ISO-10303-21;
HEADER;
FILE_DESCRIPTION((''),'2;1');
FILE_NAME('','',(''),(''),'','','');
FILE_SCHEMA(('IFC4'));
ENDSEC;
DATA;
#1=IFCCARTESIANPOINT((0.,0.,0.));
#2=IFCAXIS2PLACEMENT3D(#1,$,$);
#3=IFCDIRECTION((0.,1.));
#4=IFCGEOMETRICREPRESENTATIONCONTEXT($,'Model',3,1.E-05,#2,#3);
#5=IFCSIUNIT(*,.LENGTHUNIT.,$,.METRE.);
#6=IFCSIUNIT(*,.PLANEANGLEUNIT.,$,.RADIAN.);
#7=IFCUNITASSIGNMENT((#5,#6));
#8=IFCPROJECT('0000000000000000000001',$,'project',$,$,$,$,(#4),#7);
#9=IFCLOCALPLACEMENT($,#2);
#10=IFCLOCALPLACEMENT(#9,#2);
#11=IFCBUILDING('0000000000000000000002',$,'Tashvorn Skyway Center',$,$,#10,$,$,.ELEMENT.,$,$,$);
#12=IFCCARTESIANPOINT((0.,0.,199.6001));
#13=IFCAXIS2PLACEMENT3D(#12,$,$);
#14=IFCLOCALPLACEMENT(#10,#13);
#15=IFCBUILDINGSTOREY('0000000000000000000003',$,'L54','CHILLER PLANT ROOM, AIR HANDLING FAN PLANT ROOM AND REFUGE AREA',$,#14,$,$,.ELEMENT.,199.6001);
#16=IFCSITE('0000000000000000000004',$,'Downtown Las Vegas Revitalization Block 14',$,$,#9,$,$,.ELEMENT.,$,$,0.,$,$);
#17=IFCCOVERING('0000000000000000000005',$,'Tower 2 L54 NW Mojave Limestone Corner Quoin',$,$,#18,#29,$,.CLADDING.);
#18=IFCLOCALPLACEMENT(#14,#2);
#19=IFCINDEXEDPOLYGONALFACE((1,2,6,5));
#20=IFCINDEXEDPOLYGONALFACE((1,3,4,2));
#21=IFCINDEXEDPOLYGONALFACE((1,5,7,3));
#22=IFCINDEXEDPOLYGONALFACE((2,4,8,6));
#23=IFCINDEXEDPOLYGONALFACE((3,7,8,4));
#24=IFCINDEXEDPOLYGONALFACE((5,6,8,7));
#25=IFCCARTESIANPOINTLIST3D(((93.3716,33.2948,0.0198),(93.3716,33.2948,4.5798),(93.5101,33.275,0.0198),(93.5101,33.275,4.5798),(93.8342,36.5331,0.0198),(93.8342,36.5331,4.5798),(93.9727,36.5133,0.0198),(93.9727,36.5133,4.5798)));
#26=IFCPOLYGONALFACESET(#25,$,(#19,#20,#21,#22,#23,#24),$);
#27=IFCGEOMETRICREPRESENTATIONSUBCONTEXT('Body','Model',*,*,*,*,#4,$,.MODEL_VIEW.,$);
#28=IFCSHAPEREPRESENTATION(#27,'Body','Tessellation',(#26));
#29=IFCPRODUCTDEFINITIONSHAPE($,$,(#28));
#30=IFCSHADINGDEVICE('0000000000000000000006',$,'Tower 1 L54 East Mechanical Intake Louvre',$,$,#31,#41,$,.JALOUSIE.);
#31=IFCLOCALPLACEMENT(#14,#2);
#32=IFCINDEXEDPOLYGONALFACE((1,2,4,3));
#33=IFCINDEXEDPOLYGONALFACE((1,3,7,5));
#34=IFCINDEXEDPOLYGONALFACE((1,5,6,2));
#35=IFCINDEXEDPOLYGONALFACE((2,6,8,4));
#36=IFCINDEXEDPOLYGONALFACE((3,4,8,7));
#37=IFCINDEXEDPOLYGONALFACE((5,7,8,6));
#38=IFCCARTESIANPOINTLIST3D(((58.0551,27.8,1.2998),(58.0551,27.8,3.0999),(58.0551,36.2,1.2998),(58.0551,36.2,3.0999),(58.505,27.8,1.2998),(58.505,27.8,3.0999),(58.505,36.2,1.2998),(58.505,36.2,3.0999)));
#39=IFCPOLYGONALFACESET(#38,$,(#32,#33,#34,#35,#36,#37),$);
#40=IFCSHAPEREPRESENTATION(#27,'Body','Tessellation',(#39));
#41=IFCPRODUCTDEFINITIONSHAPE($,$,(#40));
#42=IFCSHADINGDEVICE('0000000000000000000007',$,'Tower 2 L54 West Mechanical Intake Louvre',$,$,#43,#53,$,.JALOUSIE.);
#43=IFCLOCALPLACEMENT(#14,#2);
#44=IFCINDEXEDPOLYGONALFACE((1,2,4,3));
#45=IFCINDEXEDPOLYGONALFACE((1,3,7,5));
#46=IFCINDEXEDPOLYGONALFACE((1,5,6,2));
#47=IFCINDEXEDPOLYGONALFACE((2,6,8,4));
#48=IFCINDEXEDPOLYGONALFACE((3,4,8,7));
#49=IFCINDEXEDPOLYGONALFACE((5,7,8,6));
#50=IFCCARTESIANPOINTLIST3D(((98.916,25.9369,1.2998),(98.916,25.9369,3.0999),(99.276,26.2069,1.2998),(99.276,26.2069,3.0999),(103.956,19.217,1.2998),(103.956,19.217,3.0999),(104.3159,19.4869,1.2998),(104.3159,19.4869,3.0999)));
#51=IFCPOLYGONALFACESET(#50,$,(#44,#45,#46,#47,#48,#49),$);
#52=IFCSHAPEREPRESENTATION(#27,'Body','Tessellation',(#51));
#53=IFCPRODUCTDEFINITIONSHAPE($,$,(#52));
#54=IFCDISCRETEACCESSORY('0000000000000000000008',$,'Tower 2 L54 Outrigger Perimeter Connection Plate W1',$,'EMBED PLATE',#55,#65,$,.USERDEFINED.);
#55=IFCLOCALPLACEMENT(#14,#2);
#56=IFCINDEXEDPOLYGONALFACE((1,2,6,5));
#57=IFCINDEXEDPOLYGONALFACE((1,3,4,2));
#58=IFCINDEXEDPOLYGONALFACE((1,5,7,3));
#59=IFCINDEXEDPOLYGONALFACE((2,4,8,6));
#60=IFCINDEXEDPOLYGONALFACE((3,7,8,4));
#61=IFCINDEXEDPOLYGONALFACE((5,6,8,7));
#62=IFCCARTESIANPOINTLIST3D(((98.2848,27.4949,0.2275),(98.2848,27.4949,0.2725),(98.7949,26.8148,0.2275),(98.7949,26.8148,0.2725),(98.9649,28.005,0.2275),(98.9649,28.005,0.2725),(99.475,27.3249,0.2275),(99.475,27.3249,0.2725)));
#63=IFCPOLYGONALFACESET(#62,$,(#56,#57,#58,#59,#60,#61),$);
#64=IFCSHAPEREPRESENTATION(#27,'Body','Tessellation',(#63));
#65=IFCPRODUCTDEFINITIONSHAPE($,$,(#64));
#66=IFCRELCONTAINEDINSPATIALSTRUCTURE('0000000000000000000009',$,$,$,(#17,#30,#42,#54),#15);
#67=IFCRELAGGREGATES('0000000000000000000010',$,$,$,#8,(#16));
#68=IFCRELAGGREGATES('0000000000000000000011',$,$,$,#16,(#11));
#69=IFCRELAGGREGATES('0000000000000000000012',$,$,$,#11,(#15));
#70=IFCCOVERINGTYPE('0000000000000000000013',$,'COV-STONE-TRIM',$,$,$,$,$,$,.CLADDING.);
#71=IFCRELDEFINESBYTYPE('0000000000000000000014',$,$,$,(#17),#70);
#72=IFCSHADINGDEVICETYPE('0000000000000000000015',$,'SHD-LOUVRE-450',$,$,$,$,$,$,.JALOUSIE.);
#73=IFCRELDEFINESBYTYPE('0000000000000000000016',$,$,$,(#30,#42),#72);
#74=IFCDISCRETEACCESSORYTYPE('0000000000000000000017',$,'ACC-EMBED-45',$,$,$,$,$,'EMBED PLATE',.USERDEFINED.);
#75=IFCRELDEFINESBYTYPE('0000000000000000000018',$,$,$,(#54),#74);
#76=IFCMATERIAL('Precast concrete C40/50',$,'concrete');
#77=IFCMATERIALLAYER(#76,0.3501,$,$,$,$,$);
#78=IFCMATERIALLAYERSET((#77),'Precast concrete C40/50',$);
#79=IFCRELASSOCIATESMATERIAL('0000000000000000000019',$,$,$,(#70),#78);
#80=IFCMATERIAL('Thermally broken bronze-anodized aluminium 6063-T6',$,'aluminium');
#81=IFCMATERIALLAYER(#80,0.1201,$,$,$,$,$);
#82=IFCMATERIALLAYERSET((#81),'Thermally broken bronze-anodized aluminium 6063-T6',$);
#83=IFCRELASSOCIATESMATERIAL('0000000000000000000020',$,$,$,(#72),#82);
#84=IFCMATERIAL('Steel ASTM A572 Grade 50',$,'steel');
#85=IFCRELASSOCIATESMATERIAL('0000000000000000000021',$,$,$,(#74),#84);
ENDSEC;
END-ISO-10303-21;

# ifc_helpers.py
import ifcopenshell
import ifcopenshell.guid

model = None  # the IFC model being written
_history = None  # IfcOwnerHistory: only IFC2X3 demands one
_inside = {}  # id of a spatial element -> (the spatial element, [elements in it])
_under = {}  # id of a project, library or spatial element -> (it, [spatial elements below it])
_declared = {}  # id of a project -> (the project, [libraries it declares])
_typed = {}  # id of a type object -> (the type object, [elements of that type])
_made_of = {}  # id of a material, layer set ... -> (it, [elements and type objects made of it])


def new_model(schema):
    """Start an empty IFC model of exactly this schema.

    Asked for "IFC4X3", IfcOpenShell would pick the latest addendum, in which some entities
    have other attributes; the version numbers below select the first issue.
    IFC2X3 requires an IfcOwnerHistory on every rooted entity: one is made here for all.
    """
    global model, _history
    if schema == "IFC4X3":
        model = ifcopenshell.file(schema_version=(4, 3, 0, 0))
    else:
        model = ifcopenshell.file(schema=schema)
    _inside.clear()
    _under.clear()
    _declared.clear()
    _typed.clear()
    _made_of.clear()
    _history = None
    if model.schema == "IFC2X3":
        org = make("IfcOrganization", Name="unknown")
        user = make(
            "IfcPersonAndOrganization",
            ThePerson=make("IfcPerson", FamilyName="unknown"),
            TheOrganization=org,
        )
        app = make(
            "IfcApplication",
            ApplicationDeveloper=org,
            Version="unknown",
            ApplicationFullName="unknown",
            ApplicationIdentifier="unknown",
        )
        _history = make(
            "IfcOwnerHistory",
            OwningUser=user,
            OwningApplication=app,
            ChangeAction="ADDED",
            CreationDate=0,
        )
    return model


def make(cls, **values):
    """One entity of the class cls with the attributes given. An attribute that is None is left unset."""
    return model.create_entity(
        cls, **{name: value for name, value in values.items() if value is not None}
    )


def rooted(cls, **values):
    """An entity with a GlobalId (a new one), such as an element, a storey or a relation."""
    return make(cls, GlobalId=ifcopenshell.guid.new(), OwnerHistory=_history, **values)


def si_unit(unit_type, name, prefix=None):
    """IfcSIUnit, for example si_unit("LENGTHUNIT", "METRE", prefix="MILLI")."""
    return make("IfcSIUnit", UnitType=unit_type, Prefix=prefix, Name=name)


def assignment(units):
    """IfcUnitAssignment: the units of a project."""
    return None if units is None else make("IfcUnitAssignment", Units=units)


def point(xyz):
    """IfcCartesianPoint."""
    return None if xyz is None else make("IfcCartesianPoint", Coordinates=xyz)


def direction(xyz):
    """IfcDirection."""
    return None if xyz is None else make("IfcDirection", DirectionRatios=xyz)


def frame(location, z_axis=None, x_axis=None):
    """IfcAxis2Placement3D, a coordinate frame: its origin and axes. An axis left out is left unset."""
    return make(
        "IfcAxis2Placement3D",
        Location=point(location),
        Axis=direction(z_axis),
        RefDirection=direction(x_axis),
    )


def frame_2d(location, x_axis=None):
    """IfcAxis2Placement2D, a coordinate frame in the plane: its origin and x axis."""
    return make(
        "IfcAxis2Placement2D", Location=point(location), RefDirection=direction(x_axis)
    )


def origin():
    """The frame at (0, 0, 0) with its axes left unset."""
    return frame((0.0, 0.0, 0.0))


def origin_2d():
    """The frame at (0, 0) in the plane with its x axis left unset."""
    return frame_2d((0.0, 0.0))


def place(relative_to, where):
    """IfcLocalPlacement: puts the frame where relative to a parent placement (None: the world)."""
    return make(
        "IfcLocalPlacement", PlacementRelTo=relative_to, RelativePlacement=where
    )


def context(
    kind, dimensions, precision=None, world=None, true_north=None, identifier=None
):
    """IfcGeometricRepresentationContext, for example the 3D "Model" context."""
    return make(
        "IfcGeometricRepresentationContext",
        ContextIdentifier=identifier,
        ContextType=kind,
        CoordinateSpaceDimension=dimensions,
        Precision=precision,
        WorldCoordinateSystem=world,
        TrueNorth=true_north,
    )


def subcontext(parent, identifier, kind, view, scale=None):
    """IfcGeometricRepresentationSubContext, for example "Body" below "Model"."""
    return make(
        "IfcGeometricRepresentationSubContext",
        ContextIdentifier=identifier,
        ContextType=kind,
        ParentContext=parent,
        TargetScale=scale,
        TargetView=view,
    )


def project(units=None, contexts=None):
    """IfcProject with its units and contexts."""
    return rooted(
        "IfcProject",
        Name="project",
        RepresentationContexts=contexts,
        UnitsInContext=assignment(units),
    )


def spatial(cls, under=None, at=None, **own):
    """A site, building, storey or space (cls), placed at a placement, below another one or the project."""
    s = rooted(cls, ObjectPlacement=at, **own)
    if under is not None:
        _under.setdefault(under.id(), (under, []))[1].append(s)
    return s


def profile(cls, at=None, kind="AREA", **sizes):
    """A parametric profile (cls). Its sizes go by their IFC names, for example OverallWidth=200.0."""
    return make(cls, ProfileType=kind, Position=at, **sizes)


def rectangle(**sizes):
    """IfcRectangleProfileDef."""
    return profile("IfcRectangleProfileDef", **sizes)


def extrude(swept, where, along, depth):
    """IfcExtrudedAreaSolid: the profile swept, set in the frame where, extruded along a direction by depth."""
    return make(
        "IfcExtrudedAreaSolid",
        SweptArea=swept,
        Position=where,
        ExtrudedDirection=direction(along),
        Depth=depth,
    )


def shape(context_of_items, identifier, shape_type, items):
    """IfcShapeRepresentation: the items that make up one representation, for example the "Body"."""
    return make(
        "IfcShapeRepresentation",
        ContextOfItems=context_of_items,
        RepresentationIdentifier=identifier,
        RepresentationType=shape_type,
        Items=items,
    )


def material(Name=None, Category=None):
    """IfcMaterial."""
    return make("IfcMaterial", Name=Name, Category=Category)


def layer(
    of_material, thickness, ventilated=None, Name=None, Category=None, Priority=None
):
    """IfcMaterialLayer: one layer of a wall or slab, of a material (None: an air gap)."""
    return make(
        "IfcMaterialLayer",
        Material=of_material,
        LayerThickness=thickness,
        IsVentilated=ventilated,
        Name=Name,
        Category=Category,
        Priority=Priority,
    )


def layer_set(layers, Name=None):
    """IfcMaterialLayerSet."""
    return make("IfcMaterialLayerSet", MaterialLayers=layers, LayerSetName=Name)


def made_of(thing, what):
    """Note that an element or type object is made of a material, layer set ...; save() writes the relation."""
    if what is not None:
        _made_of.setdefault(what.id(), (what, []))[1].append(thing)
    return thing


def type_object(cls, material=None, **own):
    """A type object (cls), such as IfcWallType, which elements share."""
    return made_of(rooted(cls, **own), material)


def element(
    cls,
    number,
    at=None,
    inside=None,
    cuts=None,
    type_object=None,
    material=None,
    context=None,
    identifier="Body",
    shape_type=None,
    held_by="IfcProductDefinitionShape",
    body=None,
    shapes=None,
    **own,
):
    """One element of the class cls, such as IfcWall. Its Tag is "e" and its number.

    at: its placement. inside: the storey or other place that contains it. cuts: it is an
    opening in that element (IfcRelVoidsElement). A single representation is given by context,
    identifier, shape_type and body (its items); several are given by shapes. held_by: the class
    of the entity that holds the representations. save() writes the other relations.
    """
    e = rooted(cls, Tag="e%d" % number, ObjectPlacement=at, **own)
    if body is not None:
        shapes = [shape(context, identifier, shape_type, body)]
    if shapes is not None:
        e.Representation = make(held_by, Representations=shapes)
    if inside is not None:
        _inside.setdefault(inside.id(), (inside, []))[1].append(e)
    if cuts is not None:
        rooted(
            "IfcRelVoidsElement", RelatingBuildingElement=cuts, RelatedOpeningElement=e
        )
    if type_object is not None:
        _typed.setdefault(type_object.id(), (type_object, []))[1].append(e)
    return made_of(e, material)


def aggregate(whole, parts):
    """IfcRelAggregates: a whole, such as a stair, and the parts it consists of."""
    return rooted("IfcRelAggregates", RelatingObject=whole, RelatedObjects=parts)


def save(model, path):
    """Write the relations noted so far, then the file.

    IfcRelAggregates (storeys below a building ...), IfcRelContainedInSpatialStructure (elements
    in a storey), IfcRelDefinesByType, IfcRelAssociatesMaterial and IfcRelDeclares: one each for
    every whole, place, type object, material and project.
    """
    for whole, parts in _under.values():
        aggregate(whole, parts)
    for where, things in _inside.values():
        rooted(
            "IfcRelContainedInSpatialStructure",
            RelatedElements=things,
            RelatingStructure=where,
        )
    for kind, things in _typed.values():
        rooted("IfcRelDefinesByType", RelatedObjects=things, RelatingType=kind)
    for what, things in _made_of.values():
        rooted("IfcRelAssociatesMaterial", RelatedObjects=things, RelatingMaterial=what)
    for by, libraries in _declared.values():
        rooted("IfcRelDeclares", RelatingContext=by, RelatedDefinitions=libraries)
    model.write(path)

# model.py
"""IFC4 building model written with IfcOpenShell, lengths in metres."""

from ifc_helpers import new_model, si_unit, direction, frame, origin, origin_2d, place, context, subcontext, project, spatial, rectangle, extrude, material, layer, layer_set, type_object, element, save


model = new_model("IFC4")

# Units and contexts
model_context = context("Model", 3, precision=1e-05, world=origin(), true_north=direction((0.0, 1.0)))
body_context = subcontext(model_context, "Body", "Model", "MODEL_VIEW")
ifc_project = project(units=[si_unit("LENGTHUNIT", "METRE"), si_unit("PLANEANGLEUNIT", "RADIAN")], contexts=[model_context])

# Site, building, storey
site_placement = place(None, origin())
site = spatial("IfcSite", under=ifc_project, at=site_placement, Name="Downtown Las Vegas Revitalization Block 14", CompositionType="ELEMENT", RefElevation=0.0)
building_placement = place(site_placement, origin())
building = spatial("IfcBuilding", under=site, at=building_placement, Name="Tashvorn Skyway Center", CompositionType="ELEMENT")
storey_placement = place(building_placement, frame((0.0, 0.0, 199.6001)))
storey = spatial("IfcBuildingStorey", under=building, at=storey_placement, Name="L54", Description="CHILLER PLANT ROOM, AIR HANDLING FAN PLANT ROOM AND REFUGE AREA", CompositionType="ELEMENT", Elevation=199.6001)

# Shared definitions
ifc_material_1 = material(Name="Steel ASTM A572 Grade 50", Category="steel")

# Shared definitions
ifc_material_2 = material(Name="Precast concrete C40/50", Category="concrete")

# Covering
ifc_layer_1 = layer(ifc_material_2, 0.3501)
ifc_layer_set_1 = layer_set([ifc_layer_1], Name="Precast concrete C40/50")
covering_type_1 = type_object("IfcCoveringType", Name="COV-STONE-TRIM", PredefinedType="CLADDING", material=ifc_layer_set_1)
covering_placement = place(storey_placement, frame((93.6721, 34.9041, 0.0198), z_axis=(0.0, 0.0, 1.0), x_axis=(-0.141421, -0.989949, 0.0)))
element("IfcCovering", 1, at=covering_placement, inside=storey, type_object=covering_type_1, Name="Tower 2 L54 NW Mojave Limestone Corner Quoin", PredefinedType="CLADDING", context=body_context, shape_type="SweptSolid", body=[
    extrude(rectangle(XDim=3.2712, YDim=0.1399, at=origin_2d()), origin(), (0.0, 0.0, 1.0), 4.5601),
])

# Shading devices
ifc_material_3 = material(Name="Thermally broken bronze-anodized aluminium 6063-T6", Category="aluminium")
ifc_layer_2 = layer(ifc_material_3, 0.1201)
ifc_layer_set_2 = layer_set([ifc_layer_2], Name="Thermally broken bronze-anodized aluminium 6063-T6")
shading_device_type = type_object("IfcShadingDeviceType", Name="SHD-LOUVRE-450", PredefinedType="JALOUSIE", material=ifc_layer_set_2)
for number, where, z_axis, x_axis, name in (
    (2, (58.28, 32.0, 1.2998), (0.0, 0.0, 1.0), (0.0, -1.0, 0.0), "Tower 1 L54 East Mechanical Intake Louvre"),
    (3, (101.616, 22.7119, 1.2998), (0.0, 0.0, 1.0), (-0.6, 0.8, 0.0), "Tower 2 L54 West Mechanical Intake Louvre"),
):
    element("IfcShadingDevice", number, at=place(storey_placement, frame(where, z_axis=z_axis, x_axis=x_axis)), inside=storey, type_object=shading_device_type, Name=name, PredefinedType="JALOUSIE", context=body_context, shape_type="SweptSolid", body=[
        extrude(rectangle(XDim=8.3999, YDim=0.45, at=origin_2d()), origin(), (0.0, 0.0, 1.0), 1.8),
    ])

# Discrete accessory
discrete_accessory_type = type_object("IfcDiscreteAccessoryType", Name="ACC-EMBED-45", ElementType="EMBED PLATE", PredefinedType="USERDEFINED", material=ifc_material_1)
discrete_accessory_placement = place(storey_placement, frame((98.8799, 27.4099, 0.2275), z_axis=(0.0, 0.0, 1.0), x_axis=(0.8, 0.6, 0.0)))
element("IfcDiscreteAccessory", 4, at=discrete_accessory_placement, inside=storey, type_object=discrete_accessory_type, Name="Tower 2 L54 Outrigger Perimeter Connection Plate W1", ObjectType="EMBED PLATE", PredefinedType="USERDEFINED", context=body_context, shape_type="SweptSolid", body=[
    extrude(rectangle(XDim=0.8501, YDim=0.8501, at=origin_2d()), origin(), (0.0, 0.0, 1.0), 0.0449),
])

save(model, "model.ifc")
